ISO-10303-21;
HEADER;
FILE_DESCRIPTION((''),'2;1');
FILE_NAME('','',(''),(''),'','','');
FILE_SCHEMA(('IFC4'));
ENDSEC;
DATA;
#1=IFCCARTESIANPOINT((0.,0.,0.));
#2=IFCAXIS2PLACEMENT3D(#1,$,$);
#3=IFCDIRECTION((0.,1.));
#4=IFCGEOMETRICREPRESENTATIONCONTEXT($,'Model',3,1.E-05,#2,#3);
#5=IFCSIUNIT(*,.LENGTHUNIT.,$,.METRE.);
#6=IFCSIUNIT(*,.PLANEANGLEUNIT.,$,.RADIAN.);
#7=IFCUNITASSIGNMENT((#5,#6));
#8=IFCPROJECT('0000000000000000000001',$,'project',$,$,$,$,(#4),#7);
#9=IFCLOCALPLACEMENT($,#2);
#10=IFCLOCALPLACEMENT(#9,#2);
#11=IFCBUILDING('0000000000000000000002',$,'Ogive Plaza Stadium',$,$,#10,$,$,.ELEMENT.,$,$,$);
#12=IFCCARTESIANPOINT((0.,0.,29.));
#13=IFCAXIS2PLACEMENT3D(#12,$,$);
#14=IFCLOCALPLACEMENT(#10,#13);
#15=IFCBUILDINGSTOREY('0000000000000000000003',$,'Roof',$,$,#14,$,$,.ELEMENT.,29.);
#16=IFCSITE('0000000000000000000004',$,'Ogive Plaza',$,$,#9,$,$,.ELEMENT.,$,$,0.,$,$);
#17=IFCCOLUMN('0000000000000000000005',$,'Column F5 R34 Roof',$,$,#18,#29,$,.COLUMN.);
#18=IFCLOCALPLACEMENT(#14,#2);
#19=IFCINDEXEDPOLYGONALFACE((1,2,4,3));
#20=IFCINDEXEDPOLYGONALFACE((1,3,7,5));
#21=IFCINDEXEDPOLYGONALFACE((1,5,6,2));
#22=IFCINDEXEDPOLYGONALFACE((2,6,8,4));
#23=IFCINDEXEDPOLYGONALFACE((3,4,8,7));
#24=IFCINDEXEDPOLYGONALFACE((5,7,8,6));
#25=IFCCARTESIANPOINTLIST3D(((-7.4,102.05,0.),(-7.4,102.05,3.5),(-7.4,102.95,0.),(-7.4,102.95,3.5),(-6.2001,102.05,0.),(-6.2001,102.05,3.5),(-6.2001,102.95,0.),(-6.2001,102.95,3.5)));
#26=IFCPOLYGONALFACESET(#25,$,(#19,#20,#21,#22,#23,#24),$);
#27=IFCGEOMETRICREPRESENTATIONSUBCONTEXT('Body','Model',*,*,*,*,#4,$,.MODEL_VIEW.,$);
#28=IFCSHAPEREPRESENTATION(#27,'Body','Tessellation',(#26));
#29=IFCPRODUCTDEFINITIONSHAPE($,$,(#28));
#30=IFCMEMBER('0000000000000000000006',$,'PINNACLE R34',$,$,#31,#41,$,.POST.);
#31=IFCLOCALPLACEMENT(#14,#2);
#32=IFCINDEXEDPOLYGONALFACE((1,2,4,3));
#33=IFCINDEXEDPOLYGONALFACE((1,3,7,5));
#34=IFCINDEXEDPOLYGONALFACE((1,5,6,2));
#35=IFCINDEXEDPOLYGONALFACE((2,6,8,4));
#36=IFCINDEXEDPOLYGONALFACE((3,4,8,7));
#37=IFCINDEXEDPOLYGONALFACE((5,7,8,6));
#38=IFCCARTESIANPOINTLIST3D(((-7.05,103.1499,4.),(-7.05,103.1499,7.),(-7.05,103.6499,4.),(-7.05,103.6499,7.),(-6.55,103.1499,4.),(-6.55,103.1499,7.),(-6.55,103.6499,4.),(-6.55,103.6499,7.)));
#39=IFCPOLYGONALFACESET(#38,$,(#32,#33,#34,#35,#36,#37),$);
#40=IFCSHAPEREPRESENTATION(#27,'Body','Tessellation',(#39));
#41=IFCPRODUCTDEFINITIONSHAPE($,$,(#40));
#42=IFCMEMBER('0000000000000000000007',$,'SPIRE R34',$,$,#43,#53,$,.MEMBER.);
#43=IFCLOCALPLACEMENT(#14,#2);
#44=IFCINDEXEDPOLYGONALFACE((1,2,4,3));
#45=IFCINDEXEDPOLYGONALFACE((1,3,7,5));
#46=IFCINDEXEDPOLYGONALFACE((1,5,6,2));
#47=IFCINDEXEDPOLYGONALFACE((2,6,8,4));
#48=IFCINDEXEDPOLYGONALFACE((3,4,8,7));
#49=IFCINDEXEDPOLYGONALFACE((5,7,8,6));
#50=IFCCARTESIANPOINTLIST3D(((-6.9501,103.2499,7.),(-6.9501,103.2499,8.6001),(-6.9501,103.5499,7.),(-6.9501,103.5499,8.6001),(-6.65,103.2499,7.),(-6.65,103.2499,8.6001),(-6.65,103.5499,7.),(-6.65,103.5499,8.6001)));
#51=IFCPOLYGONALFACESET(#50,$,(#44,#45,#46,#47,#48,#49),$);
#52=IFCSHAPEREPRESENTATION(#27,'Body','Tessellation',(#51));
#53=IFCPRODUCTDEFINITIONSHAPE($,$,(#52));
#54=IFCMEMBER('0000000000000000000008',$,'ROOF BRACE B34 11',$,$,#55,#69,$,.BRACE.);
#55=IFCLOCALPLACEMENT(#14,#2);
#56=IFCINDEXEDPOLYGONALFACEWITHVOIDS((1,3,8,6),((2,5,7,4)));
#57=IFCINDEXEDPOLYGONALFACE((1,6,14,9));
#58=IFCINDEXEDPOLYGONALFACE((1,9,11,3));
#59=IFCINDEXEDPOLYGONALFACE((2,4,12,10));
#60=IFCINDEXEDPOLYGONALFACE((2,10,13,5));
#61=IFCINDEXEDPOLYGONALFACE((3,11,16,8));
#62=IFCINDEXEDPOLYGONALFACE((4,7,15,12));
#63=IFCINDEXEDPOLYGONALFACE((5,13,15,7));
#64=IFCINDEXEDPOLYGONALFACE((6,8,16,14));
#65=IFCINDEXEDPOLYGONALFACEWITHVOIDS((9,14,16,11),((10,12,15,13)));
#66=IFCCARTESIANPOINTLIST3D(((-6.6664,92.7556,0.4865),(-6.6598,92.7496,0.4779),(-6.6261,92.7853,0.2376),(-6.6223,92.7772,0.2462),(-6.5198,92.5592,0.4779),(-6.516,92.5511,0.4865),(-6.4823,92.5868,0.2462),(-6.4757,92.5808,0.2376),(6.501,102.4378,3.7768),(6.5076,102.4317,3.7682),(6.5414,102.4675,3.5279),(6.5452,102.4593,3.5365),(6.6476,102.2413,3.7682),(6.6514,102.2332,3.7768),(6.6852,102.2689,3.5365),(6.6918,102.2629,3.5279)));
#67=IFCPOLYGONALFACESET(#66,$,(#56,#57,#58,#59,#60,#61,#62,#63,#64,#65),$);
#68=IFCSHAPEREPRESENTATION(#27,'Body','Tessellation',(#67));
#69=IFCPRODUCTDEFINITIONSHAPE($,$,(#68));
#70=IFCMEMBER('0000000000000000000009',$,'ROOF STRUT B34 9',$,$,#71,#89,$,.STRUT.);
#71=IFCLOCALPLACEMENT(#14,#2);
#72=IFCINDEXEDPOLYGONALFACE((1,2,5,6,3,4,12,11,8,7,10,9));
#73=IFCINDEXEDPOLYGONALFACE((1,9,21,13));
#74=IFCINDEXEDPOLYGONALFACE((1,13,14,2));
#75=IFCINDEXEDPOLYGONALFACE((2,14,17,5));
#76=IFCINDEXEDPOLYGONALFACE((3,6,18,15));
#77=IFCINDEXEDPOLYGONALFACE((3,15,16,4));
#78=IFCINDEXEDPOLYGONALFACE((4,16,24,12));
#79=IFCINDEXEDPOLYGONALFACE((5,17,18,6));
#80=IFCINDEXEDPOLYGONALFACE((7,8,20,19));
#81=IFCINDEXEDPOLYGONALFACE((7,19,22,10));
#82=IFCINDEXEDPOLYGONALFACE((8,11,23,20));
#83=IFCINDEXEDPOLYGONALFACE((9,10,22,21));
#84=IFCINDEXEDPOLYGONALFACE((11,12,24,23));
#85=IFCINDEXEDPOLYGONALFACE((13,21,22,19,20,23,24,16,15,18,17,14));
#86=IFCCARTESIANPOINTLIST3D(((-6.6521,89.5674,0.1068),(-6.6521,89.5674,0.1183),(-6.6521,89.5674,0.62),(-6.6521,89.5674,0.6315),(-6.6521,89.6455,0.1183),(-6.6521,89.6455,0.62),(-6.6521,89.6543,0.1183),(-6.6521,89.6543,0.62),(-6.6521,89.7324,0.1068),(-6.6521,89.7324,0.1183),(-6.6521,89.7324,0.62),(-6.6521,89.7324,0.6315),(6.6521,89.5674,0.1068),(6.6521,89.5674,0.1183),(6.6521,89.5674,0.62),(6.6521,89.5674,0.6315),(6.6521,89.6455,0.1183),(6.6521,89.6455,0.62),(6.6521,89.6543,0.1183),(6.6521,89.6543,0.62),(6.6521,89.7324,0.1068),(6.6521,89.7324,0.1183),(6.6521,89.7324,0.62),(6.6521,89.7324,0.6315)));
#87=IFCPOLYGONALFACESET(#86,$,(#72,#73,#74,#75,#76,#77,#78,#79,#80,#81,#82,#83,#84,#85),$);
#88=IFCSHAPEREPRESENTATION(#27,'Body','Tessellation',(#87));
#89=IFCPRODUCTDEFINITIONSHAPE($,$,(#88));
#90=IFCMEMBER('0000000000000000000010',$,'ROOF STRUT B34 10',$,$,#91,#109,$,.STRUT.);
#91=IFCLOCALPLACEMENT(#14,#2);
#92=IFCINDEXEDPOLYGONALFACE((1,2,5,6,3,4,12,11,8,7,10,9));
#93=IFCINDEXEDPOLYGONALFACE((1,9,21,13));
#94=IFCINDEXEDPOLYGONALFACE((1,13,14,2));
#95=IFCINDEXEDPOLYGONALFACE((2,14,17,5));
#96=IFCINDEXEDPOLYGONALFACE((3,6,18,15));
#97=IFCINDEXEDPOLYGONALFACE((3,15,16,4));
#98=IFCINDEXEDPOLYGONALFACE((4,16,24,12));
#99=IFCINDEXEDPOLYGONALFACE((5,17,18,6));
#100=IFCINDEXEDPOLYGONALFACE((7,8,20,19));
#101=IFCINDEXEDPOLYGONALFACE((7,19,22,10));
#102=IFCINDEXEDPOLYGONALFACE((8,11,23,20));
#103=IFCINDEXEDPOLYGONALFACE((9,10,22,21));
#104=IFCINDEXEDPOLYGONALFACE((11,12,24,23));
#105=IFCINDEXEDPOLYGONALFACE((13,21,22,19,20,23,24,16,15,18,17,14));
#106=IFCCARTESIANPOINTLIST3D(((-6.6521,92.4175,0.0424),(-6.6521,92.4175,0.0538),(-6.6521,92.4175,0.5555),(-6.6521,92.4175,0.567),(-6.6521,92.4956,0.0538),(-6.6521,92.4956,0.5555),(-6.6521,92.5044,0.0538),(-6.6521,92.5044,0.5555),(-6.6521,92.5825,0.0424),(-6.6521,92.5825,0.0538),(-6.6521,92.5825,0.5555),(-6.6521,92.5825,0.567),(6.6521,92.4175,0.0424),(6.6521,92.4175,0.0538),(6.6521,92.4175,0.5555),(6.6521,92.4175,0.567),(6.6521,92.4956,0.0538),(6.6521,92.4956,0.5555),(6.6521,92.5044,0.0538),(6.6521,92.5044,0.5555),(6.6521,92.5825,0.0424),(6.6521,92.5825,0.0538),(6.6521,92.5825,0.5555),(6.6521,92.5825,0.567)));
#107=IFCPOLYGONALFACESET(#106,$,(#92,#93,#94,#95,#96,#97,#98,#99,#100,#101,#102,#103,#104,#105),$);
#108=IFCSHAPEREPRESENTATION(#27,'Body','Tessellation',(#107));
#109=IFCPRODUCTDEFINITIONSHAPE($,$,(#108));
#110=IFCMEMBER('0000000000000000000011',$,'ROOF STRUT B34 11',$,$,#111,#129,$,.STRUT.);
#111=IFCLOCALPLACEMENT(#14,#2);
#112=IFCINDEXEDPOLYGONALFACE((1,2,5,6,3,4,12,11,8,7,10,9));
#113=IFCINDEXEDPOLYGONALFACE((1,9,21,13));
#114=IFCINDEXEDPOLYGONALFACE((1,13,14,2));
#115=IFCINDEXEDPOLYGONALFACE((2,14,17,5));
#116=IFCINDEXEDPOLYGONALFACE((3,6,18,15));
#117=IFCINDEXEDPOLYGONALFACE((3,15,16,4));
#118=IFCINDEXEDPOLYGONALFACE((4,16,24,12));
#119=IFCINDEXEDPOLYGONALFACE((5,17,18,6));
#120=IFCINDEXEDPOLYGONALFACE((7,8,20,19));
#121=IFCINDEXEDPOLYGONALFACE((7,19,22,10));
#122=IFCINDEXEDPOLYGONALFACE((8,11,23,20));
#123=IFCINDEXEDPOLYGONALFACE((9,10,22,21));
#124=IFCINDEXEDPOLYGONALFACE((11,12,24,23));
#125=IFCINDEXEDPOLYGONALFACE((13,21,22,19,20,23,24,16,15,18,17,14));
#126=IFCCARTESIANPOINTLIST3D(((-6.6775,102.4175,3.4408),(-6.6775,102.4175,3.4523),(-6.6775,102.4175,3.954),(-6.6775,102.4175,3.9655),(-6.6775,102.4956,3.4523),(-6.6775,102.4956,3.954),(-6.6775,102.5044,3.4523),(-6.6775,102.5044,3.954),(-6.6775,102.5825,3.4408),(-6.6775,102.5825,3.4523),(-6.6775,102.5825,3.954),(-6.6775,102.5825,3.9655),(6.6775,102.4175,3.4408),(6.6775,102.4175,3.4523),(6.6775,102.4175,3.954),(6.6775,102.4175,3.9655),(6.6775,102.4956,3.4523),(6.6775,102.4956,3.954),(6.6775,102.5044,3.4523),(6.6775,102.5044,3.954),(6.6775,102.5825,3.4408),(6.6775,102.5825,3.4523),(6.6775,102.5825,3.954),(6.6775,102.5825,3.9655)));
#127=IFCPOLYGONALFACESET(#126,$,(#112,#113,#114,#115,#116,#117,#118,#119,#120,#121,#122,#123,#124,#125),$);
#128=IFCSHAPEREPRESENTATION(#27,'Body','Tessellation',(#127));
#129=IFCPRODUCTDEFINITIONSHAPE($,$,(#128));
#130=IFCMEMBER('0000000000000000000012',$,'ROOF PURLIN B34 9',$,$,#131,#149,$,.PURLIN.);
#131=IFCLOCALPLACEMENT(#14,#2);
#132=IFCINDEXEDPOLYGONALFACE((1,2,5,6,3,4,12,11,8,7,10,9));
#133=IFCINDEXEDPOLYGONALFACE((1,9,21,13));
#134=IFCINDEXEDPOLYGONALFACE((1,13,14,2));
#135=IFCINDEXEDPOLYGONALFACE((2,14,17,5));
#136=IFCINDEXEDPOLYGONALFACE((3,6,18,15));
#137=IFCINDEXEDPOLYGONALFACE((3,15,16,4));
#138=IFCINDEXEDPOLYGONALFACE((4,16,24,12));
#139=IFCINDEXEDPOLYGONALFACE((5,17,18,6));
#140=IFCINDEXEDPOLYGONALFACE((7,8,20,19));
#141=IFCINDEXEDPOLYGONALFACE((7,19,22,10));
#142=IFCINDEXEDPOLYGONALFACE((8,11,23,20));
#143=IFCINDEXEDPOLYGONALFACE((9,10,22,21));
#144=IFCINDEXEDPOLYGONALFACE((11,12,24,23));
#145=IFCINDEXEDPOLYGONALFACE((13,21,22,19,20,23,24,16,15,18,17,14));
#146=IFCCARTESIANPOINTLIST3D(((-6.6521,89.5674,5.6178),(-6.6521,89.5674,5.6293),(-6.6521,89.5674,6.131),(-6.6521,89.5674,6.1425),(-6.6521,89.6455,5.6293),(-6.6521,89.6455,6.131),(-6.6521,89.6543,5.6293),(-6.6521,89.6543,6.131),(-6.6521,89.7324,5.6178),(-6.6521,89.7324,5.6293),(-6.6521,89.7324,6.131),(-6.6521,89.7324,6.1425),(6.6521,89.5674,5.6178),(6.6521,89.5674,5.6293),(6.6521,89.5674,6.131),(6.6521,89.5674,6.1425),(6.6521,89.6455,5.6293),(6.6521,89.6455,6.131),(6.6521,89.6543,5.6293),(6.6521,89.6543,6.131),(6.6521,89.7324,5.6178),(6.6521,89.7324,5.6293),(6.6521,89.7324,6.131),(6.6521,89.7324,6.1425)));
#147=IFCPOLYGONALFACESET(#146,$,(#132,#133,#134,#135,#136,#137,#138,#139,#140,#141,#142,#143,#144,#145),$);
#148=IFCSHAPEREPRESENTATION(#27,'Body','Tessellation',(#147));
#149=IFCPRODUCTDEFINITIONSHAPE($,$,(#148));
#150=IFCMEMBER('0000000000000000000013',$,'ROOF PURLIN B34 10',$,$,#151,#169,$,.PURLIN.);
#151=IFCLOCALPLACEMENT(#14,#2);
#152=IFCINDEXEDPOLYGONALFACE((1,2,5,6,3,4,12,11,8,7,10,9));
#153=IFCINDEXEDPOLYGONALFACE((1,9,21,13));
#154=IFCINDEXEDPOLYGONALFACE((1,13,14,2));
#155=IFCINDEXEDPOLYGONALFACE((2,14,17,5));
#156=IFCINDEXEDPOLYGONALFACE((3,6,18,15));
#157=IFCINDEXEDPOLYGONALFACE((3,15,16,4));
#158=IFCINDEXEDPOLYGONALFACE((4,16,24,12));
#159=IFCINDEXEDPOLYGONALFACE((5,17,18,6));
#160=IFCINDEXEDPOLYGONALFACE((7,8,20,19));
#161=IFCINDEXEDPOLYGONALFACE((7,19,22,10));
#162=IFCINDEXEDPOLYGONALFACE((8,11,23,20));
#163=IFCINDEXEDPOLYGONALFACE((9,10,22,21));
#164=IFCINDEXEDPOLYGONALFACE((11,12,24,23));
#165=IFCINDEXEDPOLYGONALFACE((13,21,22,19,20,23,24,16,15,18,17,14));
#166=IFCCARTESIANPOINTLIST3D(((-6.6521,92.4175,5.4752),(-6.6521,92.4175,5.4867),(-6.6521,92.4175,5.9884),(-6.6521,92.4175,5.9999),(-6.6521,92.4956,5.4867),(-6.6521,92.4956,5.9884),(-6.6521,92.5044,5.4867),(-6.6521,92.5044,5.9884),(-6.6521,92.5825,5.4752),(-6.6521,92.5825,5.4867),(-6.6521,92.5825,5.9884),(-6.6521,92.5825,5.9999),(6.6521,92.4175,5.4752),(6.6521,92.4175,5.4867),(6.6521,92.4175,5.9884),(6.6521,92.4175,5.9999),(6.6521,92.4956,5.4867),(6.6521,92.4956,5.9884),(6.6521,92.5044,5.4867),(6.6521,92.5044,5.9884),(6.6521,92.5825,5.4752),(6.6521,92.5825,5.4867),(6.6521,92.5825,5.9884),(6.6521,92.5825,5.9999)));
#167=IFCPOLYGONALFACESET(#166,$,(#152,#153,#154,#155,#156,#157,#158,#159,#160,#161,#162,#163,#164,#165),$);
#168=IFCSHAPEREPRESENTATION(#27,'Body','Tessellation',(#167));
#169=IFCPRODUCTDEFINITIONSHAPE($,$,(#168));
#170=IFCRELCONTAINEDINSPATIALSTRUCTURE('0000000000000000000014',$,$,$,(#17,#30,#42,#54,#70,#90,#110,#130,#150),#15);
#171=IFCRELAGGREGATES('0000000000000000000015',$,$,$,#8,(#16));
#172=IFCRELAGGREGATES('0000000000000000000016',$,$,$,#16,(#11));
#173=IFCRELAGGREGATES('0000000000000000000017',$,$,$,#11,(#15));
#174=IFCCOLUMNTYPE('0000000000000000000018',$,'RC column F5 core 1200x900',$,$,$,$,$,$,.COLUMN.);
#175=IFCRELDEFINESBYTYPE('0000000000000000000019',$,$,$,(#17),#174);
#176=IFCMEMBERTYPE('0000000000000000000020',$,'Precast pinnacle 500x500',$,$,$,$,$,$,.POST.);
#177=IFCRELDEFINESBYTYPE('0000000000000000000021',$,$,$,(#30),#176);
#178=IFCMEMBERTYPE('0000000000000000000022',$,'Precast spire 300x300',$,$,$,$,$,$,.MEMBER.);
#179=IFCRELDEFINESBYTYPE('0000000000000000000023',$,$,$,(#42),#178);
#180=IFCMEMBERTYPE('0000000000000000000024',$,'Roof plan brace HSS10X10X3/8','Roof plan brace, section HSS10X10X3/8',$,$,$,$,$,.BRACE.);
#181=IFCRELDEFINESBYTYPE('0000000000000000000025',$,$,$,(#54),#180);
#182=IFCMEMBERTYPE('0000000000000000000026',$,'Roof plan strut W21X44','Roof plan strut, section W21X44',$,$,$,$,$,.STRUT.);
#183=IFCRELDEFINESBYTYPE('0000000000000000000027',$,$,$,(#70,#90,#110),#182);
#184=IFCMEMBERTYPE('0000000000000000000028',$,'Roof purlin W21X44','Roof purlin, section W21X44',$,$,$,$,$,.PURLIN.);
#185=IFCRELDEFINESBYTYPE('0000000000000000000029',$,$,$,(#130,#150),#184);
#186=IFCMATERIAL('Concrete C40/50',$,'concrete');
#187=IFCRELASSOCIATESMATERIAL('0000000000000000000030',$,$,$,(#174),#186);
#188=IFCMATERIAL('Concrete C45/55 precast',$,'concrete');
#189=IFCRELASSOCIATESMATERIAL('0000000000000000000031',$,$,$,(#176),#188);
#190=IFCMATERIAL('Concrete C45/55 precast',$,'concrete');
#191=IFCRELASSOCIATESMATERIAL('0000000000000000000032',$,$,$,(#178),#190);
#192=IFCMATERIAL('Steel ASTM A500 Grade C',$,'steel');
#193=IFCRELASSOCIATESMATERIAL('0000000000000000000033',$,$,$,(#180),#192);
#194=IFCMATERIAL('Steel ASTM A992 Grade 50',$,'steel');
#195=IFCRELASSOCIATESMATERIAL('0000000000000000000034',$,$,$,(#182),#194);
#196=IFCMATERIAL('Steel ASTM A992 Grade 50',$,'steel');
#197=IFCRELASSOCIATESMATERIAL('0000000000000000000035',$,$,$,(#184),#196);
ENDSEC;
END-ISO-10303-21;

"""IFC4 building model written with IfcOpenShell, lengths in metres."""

from ifc_helpers import new_model, si_unit, direction, frame, origin, origin_2d, place, context, subcontext, project, spatial, rectangle, hollow_rectangle, i_section, extrude, material, material_profile, profile_set, type_object, element, save


model = new_model("IFC4")

# Units and contexts
model_context = context("Model", 3, precision=1e-05, world=origin(), true_north=direction((0.0, 1.0)))
body_context = subcontext(model_context, "Body", "Model", "MODEL_VIEW")
ifc_project = project(units=[si_unit("LENGTHUNIT", "METRE"), si_unit("PLANEANGLEUNIT", "RADIAN")], contexts=[model_context])

# Site, building, storey
site_placement = place(None, origin())
site = spatial("IfcSite", under=ifc_project, at=site_placement, Name="Ogive Plaza", CompositionType="ELEMENT", RefElevation=0.0)
building_placement = place(site_placement, origin())
building = spatial("IfcBuilding", under=site, at=building_placement, Name="Ogive Plaza Stadium", CompositionType="ELEMENT")
storey_placement = place(building_placement, frame((0.0, 0.0, 29.0)))
storey = spatial("IfcBuildingStorey", under=building, at=storey_placement, Name="Roof", CompositionType="ELEMENT", Elevation=29.0)

# Column
ifc_material_1 = material(Name="Concrete C40/50", Category="concrete")
ifc_material_profile_1 = material_profile(ifc_material_1, rectangle(XDim=1.2, YDim=0.8999, at=origin_2d()), Name="RC 1200x900")
ifc_profile_set_1 = profile_set([ifc_material_profile_1], Name="Concrete C40/50")
column_type = type_object("IfcColumnType", Name="RC column F5 core 1200x900", PredefinedType="COLUMN", material=ifc_profile_set_1)
column_placement = place(storey_placement, frame((-6.8, 102.5, 0.0), z_axis=(0.0, 0.0, 1.0), x_axis=(-1.0, 0.0, 0.0)))
element("IfcColumn", 1, at=column_placement, inside=storey, type_object=column_type, Name="Column F5 R34 Roof", PredefinedType="COLUMN", context=body_context, shape_type="SweptSolid", body=[
    extrude(rectangle(XDim=1.2, YDim=0.8999, at=origin_2d()), origin(), (0.0, 0.0, 1.0), 3.5),
])

# Members
ifc_material_2 = material(Name="Concrete C45/55 precast", Category="concrete")
ifc_material_profile_2 = material_profile(ifc_material_2, rectangle(XDim=0.5, YDim=0.5, at=origin_2d()), Name="RC 500x500")
ifc_profile_set_2 = profile_set([ifc_material_profile_2], Name="Concrete C45/55 precast")
member_type_1 = type_object("IfcMemberType", Name="Precast pinnacle 500x500", PredefinedType="POST", material=ifc_profile_set_2)
member_1_placement = place(storey_placement, frame((-6.8, 103.3999, 4.0), z_axis=(0.0, 0.0, 1.0), x_axis=(-1.0, 0.0, 0.0)))
element("IfcMember", 2, at=member_1_placement, inside=storey, type_object=member_type_1, Name="PINNACLE R34", PredefinedType="POST", context=body_context, shape_type="SweptSolid", body=[
    extrude(rectangle(XDim=0.5, YDim=0.5, at=origin_2d()), origin(), (0.0, 0.0, 1.0), 3.0),
])
ifc_material_3 = material(Name="Concrete C45/55 precast", Category="concrete")
ifc_material_profile_3 = material_profile(ifc_material_3, rectangle(XDim=0.3, YDim=0.3, at=origin_2d()), Name="RC 300x300")
ifc_profile_set_3 = profile_set([ifc_material_profile_3], Name="Concrete C45/55 precast")
member_type_2 = type_object("IfcMemberType", Name="Precast spire 300x300", PredefinedType="MEMBER", material=ifc_profile_set_3)
member_2_placement = place(storey_placement, frame((-6.8, 103.3999, 7.0), z_axis=(0.0, 0.0, 1.0), x_axis=(-1.0, 0.0, 0.0)))
element("IfcMember", 3, at=member_2_placement, inside=storey, type_object=member_type_2, Name="SPIRE R34", PredefinedType="MEMBER", context=body_context, shape_type="SweptSolid", body=[
    extrude(rectangle(XDim=0.3, YDim=0.3, at=origin_2d()), origin(), (0.0, 0.0, 1.0), 1.6001),
])
ifc_material_4 = material(Name="Steel ASTM A500 Grade C", Category="steel")
ifc_material_profile_4 = material_profile(ifc_material_4, hollow_rectangle(XDim=0.2539, YDim=0.2539, WallThickness=0.0088, at=origin_2d()), Name="HSS10X10X3/8")
ifc_profile_set_4 = profile_set([ifc_material_profile_4], Name="Steel ASTM A500 Grade C")
member_type_3 = type_object("IfcMemberType", Name="Roof plan brace HSS10X10X3/8", Description="Roof plan brace, section HSS10X10X3/8", PredefinedType="BRACE", material=ifc_profile_set_4)
member_3_placement = place(storey_placement, frame((-6.571, 92.6682, 0.3621), z_axis=(0.789801, 0.580746, 0.197355), x_axis=(-0.592397, 0.805646, 0.0)))
element("IfcMember", 4, at=member_3_placement, inside=storey, type_object=member_type_3, Name="ROOF BRACE B34 11", PredefinedType="BRACE", context=body_context, shape_type="SweptSolid", body=[
    extrude(hollow_rectangle(XDim=0.2539, YDim=0.2539, WallThickness=0.0088, at=origin_2d()), origin(), (0.0, 0.0, 1.0), 16.6719),
])
ifc_material_5 = material(Name="Steel ASTM A992 Grade 50", Category="steel")
ifc_material_profile_5 = material_profile(ifc_material_5, i_section(OverallWidth=0.165, OverallDepth=0.5247, WebThickness=0.0088, FlangeThickness=0.0115, at=origin_2d()), Name="W21X44")
ifc_profile_set_5 = profile_set([ifc_material_profile_5], Name="Steel ASTM A992 Grade 50")
member_type_4 = type_object("IfcMemberType", Name="Roof plan strut W21X44", Description="Roof plan strut, section W21X44", PredefinedType="STRUT", material=ifc_profile_set_5)
for number, where, z_axis, x_axis, name in (
    (5, (-6.6521, 89.6499, 0.3691), (1.0, 0.0, 0.0), (0.0, 1.0, 0.0), "ROOF STRUT B34 9"),
    (6, (-6.6521, 92.5, 0.3047), (1.0, 0.0, 0.0), (0.0, 1.0, 0.0), "ROOF STRUT B34 10"),
):
    element("IfcMember", number, at=place(storey_placement, frame(where, z_axis=z_axis, x_axis=x_axis)), inside=storey, type_object=member_type_4, Name=name, PredefinedType="STRUT", context=body_context, shape_type="SweptSolid", body=[
        extrude(i_section(OverallWidth=0.165, OverallDepth=0.5247, WebThickness=0.0088, FlangeThickness=0.0115, at=origin_2d()), origin(), (0.0, 0.0, 1.0), 13.3042),
    ])
member_4_placement = place(storey_placement, frame((-6.6775, 102.5, 3.7031), z_axis=(1.0, 0.0, 0.0), x_axis=(0.0, 1.0, 0.0)))
element("IfcMember", 7, at=member_4_placement, inside=storey, type_object=member_type_4, Name="ROOF STRUT B34 11", PredefinedType="STRUT", context=body_context, shape_type="SweptSolid", body=[
    extrude(i_section(OverallWidth=0.165, OverallDepth=0.5247, WebThickness=0.0088, FlangeThickness=0.0115, at=origin_2d()), origin(), (0.0, 0.0, 1.0), 13.355),
])
ifc_material_6 = material(Name="Steel ASTM A992 Grade 50", Category="steel")
ifc_material_profile_6 = material_profile(ifc_material_6, i_section(OverallWidth=0.165, OverallDepth=0.5247, WebThickness=0.0088, FlangeThickness=0.0115, at=origin_2d()), Name="W21X44")
ifc_profile_set_6 = profile_set([ifc_material_profile_6], Name="Steel ASTM A992 Grade 50")
member_type_5 = type_object("IfcMemberType", Name="Roof purlin W21X44", Description="Roof purlin, section W21X44", PredefinedType="PURLIN", material=ifc_profile_set_6)
for number, where, z_axis, x_axis, name in (
    (8, (-6.6521, 89.6499, 5.8801), (1.0, 0.0, 0.0), (0.0, 1.0, 0.0), "ROOF PURLIN B34 9"),
    (9, (-6.6521, 92.5, 5.7375), (1.0, 0.0, 0.0), (0.0, 1.0, 0.0), "ROOF PURLIN B34 10"),
):
    element("IfcMember", number, at=place(storey_placement, frame(where, z_axis=z_axis, x_axis=x_axis)), inside=storey, type_object=member_type_5, Name=name, PredefinedType="PURLIN", context=body_context, shape_type="SweptSolid", body=[
        extrude(i_section(OverallWidth=0.165, OverallDepth=0.5247, WebThickness=0.0088, FlangeThickness=0.0115, at=origin_2d()), origin(), (0.0, 0.0, 1.0), 13.3042),
    ])

save(model, "model.ifc")
